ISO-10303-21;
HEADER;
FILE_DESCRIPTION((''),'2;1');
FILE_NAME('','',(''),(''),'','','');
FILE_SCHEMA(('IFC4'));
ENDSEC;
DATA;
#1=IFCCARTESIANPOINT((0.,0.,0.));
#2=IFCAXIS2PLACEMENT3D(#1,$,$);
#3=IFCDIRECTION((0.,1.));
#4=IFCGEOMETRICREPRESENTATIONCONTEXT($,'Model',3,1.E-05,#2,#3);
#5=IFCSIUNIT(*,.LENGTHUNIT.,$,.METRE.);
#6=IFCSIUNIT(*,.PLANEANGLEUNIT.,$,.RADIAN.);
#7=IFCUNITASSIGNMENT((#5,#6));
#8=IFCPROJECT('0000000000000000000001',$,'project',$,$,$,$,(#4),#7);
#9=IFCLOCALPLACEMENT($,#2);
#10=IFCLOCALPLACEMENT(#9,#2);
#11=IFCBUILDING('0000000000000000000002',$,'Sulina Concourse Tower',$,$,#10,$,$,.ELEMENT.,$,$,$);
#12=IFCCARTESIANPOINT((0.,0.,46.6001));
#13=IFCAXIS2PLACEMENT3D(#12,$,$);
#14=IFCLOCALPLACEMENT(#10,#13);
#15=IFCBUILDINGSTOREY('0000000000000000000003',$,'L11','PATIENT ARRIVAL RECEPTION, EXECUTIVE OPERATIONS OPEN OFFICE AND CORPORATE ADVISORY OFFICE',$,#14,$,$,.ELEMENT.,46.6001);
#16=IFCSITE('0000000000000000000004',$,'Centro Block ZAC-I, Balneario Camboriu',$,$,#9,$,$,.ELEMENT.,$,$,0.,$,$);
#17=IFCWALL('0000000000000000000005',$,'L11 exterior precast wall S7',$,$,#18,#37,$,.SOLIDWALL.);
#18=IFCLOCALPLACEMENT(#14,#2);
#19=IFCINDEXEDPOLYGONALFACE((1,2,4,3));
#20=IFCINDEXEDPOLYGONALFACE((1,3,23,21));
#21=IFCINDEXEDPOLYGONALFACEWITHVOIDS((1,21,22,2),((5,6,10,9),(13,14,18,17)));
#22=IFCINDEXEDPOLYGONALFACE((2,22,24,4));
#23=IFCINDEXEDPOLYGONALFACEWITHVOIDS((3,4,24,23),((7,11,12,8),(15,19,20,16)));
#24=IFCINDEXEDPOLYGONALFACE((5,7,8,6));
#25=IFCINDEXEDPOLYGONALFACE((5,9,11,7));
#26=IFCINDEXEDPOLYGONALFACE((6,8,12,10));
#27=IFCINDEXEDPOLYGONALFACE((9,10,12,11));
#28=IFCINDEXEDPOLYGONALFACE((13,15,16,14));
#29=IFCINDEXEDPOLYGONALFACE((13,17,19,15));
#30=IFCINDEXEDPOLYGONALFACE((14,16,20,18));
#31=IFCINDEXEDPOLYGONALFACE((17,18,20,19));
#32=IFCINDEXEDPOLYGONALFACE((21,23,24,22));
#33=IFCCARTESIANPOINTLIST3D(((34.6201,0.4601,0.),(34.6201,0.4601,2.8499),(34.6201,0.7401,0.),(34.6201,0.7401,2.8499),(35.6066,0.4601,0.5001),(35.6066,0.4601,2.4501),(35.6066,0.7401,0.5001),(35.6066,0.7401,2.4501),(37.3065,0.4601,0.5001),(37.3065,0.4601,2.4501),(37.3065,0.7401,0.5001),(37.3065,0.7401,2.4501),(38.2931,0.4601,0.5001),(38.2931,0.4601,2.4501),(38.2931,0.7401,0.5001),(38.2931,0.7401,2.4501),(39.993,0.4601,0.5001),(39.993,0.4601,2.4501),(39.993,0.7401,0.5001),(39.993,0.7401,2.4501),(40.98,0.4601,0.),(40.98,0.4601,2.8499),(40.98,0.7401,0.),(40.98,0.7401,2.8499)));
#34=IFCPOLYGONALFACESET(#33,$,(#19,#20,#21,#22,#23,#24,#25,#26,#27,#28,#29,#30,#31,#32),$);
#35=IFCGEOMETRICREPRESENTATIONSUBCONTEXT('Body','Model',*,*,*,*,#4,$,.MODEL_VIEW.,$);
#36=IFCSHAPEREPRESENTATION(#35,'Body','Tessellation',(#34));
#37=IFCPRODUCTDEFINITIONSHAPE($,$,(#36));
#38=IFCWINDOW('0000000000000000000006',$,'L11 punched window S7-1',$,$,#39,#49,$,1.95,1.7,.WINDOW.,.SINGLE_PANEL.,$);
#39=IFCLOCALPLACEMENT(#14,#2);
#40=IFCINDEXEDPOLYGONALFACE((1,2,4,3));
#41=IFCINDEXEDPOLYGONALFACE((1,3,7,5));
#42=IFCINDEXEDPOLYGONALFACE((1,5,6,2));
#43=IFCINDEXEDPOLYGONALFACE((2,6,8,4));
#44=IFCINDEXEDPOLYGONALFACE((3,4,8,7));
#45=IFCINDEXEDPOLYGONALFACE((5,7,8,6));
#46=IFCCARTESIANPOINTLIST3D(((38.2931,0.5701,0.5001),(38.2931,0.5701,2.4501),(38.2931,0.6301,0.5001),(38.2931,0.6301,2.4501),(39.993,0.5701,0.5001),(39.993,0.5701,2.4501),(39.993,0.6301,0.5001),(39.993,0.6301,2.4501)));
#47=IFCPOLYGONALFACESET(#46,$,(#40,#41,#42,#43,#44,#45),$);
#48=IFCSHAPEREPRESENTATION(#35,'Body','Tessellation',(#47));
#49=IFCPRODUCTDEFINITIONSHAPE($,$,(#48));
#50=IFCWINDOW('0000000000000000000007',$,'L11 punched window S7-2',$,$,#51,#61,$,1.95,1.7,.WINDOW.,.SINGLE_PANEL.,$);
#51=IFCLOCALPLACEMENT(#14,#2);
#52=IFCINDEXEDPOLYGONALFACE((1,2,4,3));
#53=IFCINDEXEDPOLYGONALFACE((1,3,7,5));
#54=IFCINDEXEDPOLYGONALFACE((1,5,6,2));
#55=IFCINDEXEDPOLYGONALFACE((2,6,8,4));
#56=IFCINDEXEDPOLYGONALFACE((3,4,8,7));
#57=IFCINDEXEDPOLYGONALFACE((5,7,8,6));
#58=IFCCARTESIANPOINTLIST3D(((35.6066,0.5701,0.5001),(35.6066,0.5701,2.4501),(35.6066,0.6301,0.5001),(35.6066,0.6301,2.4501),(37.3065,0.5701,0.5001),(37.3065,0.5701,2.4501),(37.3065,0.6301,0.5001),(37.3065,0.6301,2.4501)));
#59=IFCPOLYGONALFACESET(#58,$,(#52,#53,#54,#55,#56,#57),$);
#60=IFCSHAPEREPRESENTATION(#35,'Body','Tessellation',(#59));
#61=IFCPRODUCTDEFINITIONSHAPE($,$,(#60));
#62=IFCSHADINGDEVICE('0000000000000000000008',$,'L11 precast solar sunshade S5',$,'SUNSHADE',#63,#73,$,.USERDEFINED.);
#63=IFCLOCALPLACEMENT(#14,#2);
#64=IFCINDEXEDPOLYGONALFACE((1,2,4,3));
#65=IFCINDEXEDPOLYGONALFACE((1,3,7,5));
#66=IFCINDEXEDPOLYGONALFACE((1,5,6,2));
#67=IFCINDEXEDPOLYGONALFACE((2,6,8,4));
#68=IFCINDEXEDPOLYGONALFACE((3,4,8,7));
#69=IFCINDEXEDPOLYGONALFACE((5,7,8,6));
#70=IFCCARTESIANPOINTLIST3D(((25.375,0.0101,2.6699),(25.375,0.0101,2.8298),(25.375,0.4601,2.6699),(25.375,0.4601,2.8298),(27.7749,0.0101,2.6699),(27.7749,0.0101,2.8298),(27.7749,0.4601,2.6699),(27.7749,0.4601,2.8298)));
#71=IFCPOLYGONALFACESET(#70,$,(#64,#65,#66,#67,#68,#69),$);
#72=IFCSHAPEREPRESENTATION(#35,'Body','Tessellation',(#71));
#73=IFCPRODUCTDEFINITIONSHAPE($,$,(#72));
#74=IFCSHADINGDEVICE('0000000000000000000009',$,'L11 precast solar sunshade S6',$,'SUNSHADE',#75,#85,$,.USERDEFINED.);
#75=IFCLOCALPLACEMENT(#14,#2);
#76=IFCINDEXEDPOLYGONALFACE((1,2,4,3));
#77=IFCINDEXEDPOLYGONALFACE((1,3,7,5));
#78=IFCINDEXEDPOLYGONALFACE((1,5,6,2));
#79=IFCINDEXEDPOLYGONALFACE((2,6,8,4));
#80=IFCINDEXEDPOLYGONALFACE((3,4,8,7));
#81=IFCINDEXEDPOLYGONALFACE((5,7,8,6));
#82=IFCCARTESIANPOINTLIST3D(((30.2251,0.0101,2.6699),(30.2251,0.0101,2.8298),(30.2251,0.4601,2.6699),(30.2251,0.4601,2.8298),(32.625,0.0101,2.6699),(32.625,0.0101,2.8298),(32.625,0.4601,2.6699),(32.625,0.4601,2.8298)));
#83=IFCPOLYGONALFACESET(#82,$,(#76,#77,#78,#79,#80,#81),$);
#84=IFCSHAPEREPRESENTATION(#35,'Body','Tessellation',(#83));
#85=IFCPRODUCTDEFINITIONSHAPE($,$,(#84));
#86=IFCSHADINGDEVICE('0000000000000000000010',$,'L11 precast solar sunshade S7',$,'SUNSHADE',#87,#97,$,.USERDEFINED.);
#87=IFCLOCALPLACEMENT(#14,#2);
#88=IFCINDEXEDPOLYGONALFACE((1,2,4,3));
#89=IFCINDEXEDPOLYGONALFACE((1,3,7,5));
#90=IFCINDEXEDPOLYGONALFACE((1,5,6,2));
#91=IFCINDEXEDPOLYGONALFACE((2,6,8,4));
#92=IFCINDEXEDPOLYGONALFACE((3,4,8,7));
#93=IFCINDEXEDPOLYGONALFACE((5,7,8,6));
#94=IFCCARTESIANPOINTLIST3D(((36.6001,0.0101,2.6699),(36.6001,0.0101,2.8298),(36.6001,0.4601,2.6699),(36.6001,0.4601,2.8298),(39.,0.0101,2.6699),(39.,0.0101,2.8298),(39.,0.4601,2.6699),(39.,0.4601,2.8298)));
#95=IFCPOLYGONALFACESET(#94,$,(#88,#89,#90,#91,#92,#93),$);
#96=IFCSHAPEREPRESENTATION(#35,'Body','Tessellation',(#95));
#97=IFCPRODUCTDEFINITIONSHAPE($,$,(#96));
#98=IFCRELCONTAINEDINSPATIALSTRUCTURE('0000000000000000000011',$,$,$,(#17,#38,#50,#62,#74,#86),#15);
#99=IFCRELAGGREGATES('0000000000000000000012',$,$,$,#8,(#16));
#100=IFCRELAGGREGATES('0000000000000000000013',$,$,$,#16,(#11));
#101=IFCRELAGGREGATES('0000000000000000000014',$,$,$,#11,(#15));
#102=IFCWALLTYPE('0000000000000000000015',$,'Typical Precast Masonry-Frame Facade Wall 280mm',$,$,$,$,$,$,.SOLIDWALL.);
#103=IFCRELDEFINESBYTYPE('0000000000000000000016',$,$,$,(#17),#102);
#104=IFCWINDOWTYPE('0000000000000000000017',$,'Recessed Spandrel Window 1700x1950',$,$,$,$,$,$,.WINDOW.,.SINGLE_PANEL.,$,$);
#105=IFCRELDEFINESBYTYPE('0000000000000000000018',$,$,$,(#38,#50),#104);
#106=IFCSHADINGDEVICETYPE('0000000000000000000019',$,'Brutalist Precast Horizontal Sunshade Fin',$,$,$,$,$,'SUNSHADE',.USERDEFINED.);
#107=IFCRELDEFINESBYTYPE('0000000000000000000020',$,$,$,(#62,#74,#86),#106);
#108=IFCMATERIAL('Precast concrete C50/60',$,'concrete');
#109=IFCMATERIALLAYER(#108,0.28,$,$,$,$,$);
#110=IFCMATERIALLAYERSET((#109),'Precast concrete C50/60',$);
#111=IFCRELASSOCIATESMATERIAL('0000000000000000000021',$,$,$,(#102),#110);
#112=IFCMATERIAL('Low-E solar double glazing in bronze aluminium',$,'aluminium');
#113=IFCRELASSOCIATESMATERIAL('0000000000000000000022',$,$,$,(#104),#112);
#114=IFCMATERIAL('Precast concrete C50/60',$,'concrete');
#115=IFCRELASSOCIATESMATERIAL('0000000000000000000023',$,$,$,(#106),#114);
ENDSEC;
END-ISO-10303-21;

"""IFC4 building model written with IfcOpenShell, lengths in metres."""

from ifc_helpers import new_model, si_unit, direction, frame, frame_2d, origin, origin_2d, place, context, subcontext, project, spatial, rectangle, extrude, material, layer, layer_set, type_object, element, fill, save


model = new_model("IFC4")

# Units and contexts
model_context = context("Model", 3, precision=1e-05, world=origin(), true_north=direction((0.0, 1.0)))
body_context = subcontext(model_context, "Body", "Model", "MODEL_VIEW")
ifc_project = project(units=[si_unit("LENGTHUNIT", "METRE"), si_unit("PLANEANGLEUNIT", "RADIAN")], contexts=[model_context])

# Site, building, storey
site_placement = place(None, origin())
site = spatial("IfcSite", under=ifc_project, at=site_placement, Name="Centro Block ZAC-I, Balneario Camboriu", CompositionType="ELEMENT", RefElevation=0.0)
building_placement = place(site_placement, origin())
building = spatial("IfcBuilding", under=site, at=building_placement, Name="Sulina Concourse Tower", CompositionType="ELEMENT")
storey_placement = place(building_placement, frame((0.0, 0.0, 46.6001)))
storey = spatial("IfcBuildingStorey", under=building, at=storey_placement, Name="L11", Description="PATIENT ARRIVAL RECEPTION, EXECUTIVE OPERATIONS OPEN OFFICE AND CORPORATE ADVISORY OFFICE", CompositionType="ELEMENT", Elevation=46.6001)

# Shared definitions
ifc_material_1 = material(Name="Precast concrete C50/60", Category="concrete")
ifc_layer_1 = layer(ifc_material_1, 0.28)
ifc_layer_set_1 = layer_set([ifc_layer_1], Name="Precast concrete C50/60")
wall_type_1 = type_object("IfcWallType", Name="Typical Precast Masonry-Frame Facade Wall 280mm", PredefinedType="SOLIDWALL", material=ifc_layer_set_1)
ifc_material_2 = material(Name="Low-E solar double glazing in bronze aluminium", Category="aluminium")
window_type = type_object("IfcWindowType", Name="Recessed Spandrel Window 1700x1950", PartitioningType="SINGLE_PANEL", PredefinedType="WINDOW", material=ifc_material_2)

# Wall, openings, windows
wall_1_placement = place(storey_placement, frame((40.98, 0.6001, 0.0), z_axis=(0.0, 0.0, 1.0), x_axis=(-1.0, 0.0, 0.0)))
wall_1 = element("IfcWall", 1, at=wall_1_placement, inside=storey, type_object=wall_type_1, Name="L11 exterior precast wall S7", PredefinedType="SOLIDWALL", context=body_context, shape_type="SweptSolid", body=[
    extrude(rectangle(XDim=6.3599, YDim=0.28, at=frame_2d((3.1799, 0.0))), origin(), (0.0, 0.0, 1.0), 2.8499),
])
opening_1_placement = place(wall_1_placement, frame((0.9868, 0.0, 0.5)))
opening_1 = element("IfcOpeningElement", 2, at=opening_1_placement, cuts=wall_1, PredefinedType="OPENING", context=body_context, shape_type="SweptSolid", body=[
    extrude(rectangle(XDim=1.7, YDim=1.95, at=frame_2d((0.8501, 0.9751))), frame((0.0, 0.1499, 0.0), z_axis=(0.0, -1.0, 0.0), x_axis=(1.0, 0.0, 0.0)), (0.0, 0.0, 1.0), 0.3),
])
opening_2_placement = place(wall_1_placement, frame((3.6733, 0.0, 0.5)))
opening_2 = element("IfcOpeningElement", 3, at=opening_2_placement, cuts=wall_1, PredefinedType="OPENING", context=body_context, shape_type="SweptSolid", body=[
    extrude(rectangle(XDim=1.7, YDim=1.95, at=frame_2d((0.8501, 0.9751))), frame((0.0, 0.1499, 0.0), z_axis=(0.0, -1.0, 0.0), x_axis=(1.0, 0.0, 0.0)), (0.0, 0.0, 1.0), 0.3),
])
window_1_placement = place(opening_1_placement, origin())
window_1 = element("IfcWindow", 4, at=window_1_placement, inside=storey, type_object=window_type, Name="L11 punched window S7-1", OverallHeight=1.95, OverallWidth=1.7, PartitioningType="SINGLE_PANEL", PredefinedType="WINDOW", context=body_context, shape_type="SweptSolid", body=[
    extrude(rectangle(XDim=1.7, YDim=1.95, at=frame_2d((0.8501, 0.9751))), frame((0.0, 0.03, 0.0), z_axis=(0.0, -1.0, 0.0), x_axis=(1.0, 0.0, 0.0)), (0.0, 0.0, 1.0), 0.0601),
])
fill(opening_1, window_1)
window_2_placement = place(opening_2_placement, origin())
window_2 = element("IfcWindow", 5, at=window_2_placement, inside=storey, type_object=window_type, Name="L11 punched window S7-2", OverallHeight=1.95, OverallWidth=1.7, PartitioningType="SINGLE_PANEL", PredefinedType="WINDOW", context=body_context, shape_type="SweptSolid", body=[
    extrude(rectangle(XDim=1.7, YDim=1.95, at=frame_2d((0.8501, 0.9751))), frame((0.0, 0.03, 0.0), z_axis=(0.0, -1.0, 0.0), x_axis=(1.0, 0.0, 0.0)), (0.0, 0.0, 1.0), 0.0601),
])
fill(opening_2, window_2)

# Shading devices
ifc_material_3 = material(Name="Precast concrete C50/60", Category="concrete")
shading_device_type = type_object("IfcShadingDeviceType", Name="Brutalist Precast Horizontal Sunshade Fin", ElementType="SUNSHADE", PredefinedType="USERDEFINED", material=ifc_material_3)
for number, where, z_axis, x_axis, name in (
    (6, (26.575, 0.2351, 2.6699), (0.0, 0.0, 1.0), (1.0, 0.0, 0.0), "L11 precast solar sunshade S5"),
    (7, (31.425, 0.2351, 2.6699), (0.0, 0.0, 1.0), (1.0, 0.0, 0.0), "L11 precast solar sunshade S6"),
    (8, (37.8, 0.2351, 2.6699), (0.0, 0.0, 1.0), (1.0, 0.0, 0.0), "L11 precast solar sunshade S7"),
):
    element("IfcShadingDevice", number, at=place(storey_placement, frame(where, z_axis=z_axis, x_axis=x_axis)), inside=storey, type_object=shading_device_type, Name=name, ObjectType="SUNSHADE", PredefinedType="USERDEFINED", context=body_context, shape_type="SweptSolid", body=[
        extrude(rectangle(XDim=2.3999, YDim=0.45, at=origin_2d()), origin(), (0.0, 0.0, 1.0), 0.1599),
    ])

save(model, "model.ifc")
